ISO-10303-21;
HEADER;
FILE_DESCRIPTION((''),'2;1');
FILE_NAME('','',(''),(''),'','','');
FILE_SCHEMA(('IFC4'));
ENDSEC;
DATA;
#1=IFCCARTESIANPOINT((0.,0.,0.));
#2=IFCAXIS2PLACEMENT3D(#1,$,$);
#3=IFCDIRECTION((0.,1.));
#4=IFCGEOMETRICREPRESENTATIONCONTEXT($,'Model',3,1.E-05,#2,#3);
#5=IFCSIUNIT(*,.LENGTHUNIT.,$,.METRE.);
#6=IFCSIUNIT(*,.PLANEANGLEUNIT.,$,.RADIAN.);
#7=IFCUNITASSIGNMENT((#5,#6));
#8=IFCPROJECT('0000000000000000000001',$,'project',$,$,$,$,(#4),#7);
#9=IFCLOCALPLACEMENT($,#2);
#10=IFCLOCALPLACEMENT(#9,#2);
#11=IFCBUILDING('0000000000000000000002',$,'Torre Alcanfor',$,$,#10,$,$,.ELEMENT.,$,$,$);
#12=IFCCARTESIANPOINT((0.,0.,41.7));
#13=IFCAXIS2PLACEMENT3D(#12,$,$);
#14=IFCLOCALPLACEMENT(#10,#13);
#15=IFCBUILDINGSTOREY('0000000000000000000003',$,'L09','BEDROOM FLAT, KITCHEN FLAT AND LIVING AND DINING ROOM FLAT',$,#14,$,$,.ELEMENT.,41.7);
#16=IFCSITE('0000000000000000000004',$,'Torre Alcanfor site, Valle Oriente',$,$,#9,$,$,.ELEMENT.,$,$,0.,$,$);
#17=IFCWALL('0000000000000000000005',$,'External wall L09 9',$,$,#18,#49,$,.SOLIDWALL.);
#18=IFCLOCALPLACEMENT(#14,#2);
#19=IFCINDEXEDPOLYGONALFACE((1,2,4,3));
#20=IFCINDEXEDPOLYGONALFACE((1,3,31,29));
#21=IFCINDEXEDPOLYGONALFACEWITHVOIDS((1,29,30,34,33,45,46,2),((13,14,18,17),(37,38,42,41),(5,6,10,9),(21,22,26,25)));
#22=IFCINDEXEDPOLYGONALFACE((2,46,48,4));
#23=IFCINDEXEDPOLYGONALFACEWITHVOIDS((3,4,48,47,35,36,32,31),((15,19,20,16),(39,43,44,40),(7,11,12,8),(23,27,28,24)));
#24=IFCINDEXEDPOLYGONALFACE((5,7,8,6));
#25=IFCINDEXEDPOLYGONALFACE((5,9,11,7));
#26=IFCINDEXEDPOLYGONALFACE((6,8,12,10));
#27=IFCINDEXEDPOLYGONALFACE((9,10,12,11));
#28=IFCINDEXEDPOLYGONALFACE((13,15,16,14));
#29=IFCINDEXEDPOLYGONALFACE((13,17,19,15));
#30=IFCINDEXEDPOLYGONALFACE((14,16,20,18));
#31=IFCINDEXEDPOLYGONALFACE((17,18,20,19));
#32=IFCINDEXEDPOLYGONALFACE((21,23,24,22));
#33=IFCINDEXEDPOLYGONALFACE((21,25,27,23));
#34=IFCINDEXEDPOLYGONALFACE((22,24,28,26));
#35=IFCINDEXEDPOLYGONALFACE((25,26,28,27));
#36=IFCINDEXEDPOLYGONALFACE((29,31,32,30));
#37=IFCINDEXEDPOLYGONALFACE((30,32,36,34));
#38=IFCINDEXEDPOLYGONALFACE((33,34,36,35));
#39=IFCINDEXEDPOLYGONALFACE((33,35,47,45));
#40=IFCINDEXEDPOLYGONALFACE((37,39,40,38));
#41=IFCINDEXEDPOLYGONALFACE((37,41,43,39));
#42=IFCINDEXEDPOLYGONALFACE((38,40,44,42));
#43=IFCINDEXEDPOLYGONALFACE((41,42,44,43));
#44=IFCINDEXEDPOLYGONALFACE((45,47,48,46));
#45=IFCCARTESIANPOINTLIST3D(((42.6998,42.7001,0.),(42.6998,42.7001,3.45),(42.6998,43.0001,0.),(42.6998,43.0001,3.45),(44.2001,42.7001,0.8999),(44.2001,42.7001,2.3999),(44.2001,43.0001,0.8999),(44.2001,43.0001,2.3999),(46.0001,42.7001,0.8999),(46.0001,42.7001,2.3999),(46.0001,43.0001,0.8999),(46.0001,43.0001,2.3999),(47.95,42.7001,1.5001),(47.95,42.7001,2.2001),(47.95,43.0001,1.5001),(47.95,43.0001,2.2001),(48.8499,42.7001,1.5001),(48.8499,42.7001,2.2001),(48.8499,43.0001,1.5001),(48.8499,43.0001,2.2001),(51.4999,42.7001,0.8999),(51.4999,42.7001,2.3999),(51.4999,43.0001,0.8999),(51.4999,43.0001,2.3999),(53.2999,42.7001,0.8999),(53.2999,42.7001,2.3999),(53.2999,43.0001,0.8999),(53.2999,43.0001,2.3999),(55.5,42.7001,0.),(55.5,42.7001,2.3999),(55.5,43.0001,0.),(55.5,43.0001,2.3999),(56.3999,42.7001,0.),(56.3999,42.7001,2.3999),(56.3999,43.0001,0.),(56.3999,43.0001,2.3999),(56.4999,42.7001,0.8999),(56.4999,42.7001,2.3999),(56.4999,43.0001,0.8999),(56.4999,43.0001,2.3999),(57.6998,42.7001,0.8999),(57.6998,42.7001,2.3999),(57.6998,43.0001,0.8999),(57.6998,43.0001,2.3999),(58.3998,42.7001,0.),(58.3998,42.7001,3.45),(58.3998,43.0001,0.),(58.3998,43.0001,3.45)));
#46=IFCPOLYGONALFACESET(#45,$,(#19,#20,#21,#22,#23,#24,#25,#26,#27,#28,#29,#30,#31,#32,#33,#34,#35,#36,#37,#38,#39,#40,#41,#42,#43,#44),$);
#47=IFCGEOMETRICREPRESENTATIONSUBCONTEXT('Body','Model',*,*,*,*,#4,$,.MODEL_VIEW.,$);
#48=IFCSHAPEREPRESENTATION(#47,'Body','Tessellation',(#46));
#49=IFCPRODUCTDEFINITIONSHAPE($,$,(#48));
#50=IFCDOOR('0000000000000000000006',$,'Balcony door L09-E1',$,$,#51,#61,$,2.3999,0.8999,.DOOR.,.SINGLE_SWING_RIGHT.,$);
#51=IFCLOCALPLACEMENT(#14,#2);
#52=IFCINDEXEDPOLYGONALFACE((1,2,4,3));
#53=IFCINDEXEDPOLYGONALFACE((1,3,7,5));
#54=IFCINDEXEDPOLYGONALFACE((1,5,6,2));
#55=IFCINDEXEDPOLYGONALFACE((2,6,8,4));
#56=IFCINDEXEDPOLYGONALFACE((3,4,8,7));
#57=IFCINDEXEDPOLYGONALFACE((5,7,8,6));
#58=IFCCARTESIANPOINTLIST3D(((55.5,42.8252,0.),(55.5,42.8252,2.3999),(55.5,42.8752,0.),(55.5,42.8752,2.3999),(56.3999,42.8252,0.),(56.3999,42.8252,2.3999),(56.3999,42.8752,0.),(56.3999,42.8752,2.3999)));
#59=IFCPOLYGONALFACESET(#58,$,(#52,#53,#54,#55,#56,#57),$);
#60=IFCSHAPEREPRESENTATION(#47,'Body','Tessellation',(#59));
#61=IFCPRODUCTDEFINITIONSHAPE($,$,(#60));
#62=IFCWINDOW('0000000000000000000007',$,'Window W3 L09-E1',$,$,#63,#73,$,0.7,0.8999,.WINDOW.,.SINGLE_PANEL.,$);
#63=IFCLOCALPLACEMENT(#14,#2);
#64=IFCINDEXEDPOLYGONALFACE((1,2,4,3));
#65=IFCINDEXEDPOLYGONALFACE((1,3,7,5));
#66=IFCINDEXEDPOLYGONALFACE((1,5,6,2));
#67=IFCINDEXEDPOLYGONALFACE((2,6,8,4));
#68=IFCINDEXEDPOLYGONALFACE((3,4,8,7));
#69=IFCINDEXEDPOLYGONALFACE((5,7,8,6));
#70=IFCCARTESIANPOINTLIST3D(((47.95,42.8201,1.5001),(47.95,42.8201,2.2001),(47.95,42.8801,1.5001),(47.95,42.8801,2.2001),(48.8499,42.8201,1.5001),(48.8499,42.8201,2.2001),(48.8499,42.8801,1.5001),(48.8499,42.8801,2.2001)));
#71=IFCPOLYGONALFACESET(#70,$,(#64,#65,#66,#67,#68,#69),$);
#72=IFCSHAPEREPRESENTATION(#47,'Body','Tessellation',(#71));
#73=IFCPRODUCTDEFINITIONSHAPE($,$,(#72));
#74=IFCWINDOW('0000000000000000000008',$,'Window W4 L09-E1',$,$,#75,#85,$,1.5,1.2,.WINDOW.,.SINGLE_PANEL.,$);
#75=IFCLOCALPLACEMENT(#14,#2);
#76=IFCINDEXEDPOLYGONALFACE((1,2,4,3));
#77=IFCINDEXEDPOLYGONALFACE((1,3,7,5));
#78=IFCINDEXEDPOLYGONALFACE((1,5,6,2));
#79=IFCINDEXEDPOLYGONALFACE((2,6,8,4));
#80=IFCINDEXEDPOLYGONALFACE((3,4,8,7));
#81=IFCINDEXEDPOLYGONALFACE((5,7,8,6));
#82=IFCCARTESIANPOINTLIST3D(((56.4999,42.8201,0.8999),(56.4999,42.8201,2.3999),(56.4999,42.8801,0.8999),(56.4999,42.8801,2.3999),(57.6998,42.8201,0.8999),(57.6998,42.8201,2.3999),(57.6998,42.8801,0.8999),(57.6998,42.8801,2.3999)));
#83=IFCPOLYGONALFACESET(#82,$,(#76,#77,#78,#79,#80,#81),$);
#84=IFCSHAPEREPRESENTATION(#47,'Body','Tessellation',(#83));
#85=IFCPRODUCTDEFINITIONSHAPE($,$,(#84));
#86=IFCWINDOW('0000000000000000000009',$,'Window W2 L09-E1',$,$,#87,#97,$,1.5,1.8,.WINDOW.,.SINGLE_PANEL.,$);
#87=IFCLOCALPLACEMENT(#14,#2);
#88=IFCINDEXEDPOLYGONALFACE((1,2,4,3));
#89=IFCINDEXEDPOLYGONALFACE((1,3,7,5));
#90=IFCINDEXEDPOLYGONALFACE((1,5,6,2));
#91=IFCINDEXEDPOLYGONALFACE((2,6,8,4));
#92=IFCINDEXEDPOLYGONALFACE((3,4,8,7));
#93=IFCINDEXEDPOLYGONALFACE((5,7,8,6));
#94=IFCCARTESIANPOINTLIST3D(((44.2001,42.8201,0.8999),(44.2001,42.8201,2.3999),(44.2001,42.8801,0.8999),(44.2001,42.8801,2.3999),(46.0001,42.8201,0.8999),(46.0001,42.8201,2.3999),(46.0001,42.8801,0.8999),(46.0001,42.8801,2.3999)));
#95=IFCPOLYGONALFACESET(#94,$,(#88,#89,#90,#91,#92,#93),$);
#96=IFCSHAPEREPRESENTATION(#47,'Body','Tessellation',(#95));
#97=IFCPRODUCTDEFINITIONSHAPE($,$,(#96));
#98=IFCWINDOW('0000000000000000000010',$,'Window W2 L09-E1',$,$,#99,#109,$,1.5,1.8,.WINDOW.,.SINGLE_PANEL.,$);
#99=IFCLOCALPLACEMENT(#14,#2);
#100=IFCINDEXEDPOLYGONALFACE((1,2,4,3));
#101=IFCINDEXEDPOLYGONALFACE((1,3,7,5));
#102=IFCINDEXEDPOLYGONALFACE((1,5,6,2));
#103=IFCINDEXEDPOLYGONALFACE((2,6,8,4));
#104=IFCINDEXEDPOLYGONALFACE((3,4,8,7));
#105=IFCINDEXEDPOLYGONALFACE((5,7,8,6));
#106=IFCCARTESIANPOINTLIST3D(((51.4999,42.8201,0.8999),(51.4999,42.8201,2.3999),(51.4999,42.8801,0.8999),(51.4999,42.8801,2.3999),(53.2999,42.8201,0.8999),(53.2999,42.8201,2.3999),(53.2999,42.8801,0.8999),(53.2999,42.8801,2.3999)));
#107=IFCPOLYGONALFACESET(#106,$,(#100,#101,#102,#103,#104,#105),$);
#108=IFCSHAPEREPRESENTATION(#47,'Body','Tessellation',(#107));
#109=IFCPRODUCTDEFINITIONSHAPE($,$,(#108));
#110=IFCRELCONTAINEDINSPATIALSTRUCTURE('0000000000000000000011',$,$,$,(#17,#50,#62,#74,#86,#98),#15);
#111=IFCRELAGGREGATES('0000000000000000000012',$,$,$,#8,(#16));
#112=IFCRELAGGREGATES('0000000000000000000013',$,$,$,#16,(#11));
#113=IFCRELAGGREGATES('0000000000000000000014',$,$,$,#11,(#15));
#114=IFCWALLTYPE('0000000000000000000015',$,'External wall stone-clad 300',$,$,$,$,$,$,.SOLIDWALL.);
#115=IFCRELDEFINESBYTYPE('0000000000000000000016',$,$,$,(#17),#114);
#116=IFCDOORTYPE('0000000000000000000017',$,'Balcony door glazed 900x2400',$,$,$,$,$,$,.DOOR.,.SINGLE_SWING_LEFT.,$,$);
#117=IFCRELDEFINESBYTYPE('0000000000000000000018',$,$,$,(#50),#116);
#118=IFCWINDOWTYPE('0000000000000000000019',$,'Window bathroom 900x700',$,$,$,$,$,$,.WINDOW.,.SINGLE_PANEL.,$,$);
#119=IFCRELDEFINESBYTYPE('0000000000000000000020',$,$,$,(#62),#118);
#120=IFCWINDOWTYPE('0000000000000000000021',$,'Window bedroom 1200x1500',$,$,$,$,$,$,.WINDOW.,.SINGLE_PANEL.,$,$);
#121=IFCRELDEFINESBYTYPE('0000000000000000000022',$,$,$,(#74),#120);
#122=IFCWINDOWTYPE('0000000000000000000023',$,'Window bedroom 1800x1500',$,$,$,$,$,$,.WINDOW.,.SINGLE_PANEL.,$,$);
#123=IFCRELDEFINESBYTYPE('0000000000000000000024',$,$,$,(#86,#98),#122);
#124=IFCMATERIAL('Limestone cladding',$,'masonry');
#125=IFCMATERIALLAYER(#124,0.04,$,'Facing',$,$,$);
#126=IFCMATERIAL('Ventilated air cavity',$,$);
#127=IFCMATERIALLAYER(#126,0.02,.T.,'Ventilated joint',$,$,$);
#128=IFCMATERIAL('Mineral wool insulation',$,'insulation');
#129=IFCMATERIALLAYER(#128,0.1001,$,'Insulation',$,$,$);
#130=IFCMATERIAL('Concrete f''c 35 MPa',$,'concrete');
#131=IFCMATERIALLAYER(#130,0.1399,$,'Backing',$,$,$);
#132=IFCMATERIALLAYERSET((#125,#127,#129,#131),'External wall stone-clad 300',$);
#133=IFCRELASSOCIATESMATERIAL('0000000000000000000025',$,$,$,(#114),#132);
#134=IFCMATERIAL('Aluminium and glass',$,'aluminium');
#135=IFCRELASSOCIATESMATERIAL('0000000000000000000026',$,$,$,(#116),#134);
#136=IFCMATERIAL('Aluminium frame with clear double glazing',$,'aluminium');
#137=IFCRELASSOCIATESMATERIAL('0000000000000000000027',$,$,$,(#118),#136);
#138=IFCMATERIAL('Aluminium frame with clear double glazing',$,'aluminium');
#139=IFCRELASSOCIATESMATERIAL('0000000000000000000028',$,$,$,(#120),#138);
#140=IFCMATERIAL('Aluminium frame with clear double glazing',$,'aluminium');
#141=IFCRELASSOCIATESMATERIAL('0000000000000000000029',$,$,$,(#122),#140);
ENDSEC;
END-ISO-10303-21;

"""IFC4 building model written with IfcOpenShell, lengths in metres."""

from ifc_helpers import new_model, si_unit, direction, frame, frame_2d, origin, place, context, subcontext, project, spatial, rectangle, extrude, material, layer, layer_set, type_object, element, fill, save


model = new_model("IFC4")

# Units and contexts
model_context = context("Model", 3, precision=1e-05, world=origin(), true_north=direction((0.0, 1.0)))
body_context = subcontext(model_context, "Body", "Model", "MODEL_VIEW")
ifc_project = project(units=[si_unit("LENGTHUNIT", "METRE"), si_unit("PLANEANGLEUNIT", "RADIAN")], contexts=[model_context])

# Site, building, storey
site_placement = place(None, origin())
site = spatial("IfcSite", under=ifc_project, at=site_placement, Name="Torre Alcanfor site, Valle Oriente", CompositionType="ELEMENT", RefElevation=0.0)
building_placement = place(site_placement, origin())
building = spatial("IfcBuilding", under=site, at=building_placement, Name="Torre Alcanfor", CompositionType="ELEMENT")
storey_placement = place(building_placement, frame((0.0, 0.0, 41.7)))
storey = spatial("IfcBuildingStorey", under=building, at=storey_placement, Name="L09", Description="BEDROOM FLAT, KITCHEN FLAT AND LIVING AND DINING ROOM FLAT", CompositionType="ELEMENT", Elevation=41.7)

# Wall, openings, door, windows
ifc_material_1 = material(Name="Limestone cladding", Category="masonry")
ifc_layer_1 = layer(ifc_material_1, 0.04, Name="Facing")
ifc_material_2 = material(Name="Ventilated air cavity")
ifc_layer_2 = layer(ifc_material_2, 0.02, ventilated=True, Name="Ventilated joint")
ifc_material_3 = material(Name="Mineral wool insulation", Category="insulation")
ifc_layer_3 = layer(ifc_material_3, 0.1001, Name="Insulation")
ifc_material_4 = material(Name="Concrete f'c 35 MPa", Category="concrete")
ifc_layer_4 = layer(ifc_material_4, 0.1399, Name="Backing")
ifc_layer_set_1 = layer_set([ifc_layer_1, ifc_layer_2, ifc_layer_3, ifc_layer_4], Name="External wall stone-clad 300")
wall_type_1 = type_object("IfcWallType", Name="External wall stone-clad 300", PredefinedType="SOLIDWALL", material=ifc_layer_set_1)
wall_1_placement = place(storey_placement, frame((58.3999, 42.8501, 0.0), z_axis=(0.0, 0.0, 1.0), x_axis=(-1.0, 0.0, 0.0)))
wall_1 = element("IfcWall", 1, at=wall_1_placement, inside=storey, type_object=wall_type_1, Name="External wall L09 9", PredefinedType="SOLIDWALL", context=body_context, shape_type="SweptSolid", body=[
    extrude(rectangle(XDim=15.7, YDim=0.3, at=frame_2d((7.8501, 0.0))), origin(), (0.0, 0.0, 1.0), 3.45),
])
opening_1_placement = place(wall_1_placement, frame((12.3999, 0.0, 0.8999)))
opening_1 = element("IfcOpeningElement", 2, at=opening_1_placement, cuts=wall_1, PredefinedType="OPENING", context=body_context, shape_type="SweptSolid", body=[
    extrude(rectangle(XDim=1.8, YDim=1.5, at=frame_2d((0.8999, 0.75))), frame((0.0, 0.1599, 0.0), z_axis=(0.0, -1.0, 0.0), x_axis=(1.0, 0.0, 0.0)), (0.0, 0.0, 1.0), 0.3201),
])
opening_2_placement = place(wall_1_placement, frame((9.55, 0.0, 1.5)))
opening_2 = element("IfcOpeningElement", 3, at=opening_2_placement, cuts=wall_1, PredefinedType="OPENING", context=body_context, shape_type="SweptSolid", body=[
    extrude(rectangle(XDim=0.8999, YDim=0.7, at=frame_2d((0.45, 0.3501))), frame((0.0, 0.1599, 0.0), z_axis=(0.0, -1.0, 0.0), x_axis=(1.0, 0.0, 0.0)), (0.0, 0.0, 1.0), 0.3201),
])
opening_3_placement = place(wall_1_placement, frame((5.1001, 0.0, 0.8999)))
opening_3 = element("IfcOpeningElement", 4, at=opening_3_placement, cuts=wall_1, PredefinedType="OPENING", context=body_context, shape_type="SweptSolid", body=[
    extrude(rectangle(XDim=1.8, YDim=1.5, at=frame_2d((0.8999, 0.75))), frame((0.0, 0.1599, 0.0), z_axis=(0.0, -1.0, 0.0), x_axis=(1.0, 0.0, 0.0)), (0.0, 0.0, 1.0), 0.3201),
])
opening_4_placement = place(wall_1_placement, frame((2.0, 0.0, 0.0)))
opening_4 = element("IfcOpeningElement", 5, at=opening_4_placement, cuts=wall_1, PredefinedType="OPENING", context=body_context, shape_type="SweptSolid", body=[
    extrude(rectangle(XDim=0.8999, YDim=2.3999, at=frame_2d((0.45, 1.2))), frame((0.0, 0.1599, 0.0), z_axis=(0.0, -1.0, 0.0), x_axis=(1.0, 0.0, 0.0)), (0.0, 0.0, 1.0), 0.3201),
])
opening_5_placement = place(wall_1_placement, frame((0.7, 0.0, 0.8999)))
opening_5 = element("IfcOpeningElement", 6, at=opening_5_placement, cuts=wall_1, PredefinedType="OPENING", context=body_context, shape_type="SweptSolid", body=[
    extrude(rectangle(XDim=1.2, YDim=1.5, at=frame_2d((0.6001, 0.75))), frame((0.0, 0.1599, 0.0), z_axis=(0.0, -1.0, 0.0), x_axis=(1.0, 0.0, 0.0)), (0.0, 0.0, 1.0), 0.3201),
])
ifc_material_5 = material(Name="Aluminium and glass", Category="aluminium")
door_type = type_object("IfcDoorType", Name="Balcony door glazed 900x2400", OperationType="SINGLE_SWING_LEFT", PredefinedType="DOOR", material=ifc_material_5)
door_1_placement = place(opening_4_placement, origin())
door_1 = element("IfcDoor", 7, at=door_1_placement, inside=storey, type_object=door_type, Name="Balcony door L09-E1", OperationType="SINGLE_SWING_RIGHT", OverallHeight=2.3999, OverallWidth=0.8999, PredefinedType="DOOR", context=body_context, shape_type="SweptSolid", body=[
    extrude(rectangle(XDim=0.8999, YDim=2.3999, at=frame_2d((0.45, 1.2))), frame((0.0, 0.0249, 0.0), z_axis=(0.0, -1.0, 0.0), x_axis=(1.0, 0.0, 0.0)), (0.0, 0.0, 1.0), 0.05),
])
fill(opening_4, door_1)
ifc_material_6 = material(Name="Aluminium frame with clear double glazing", Category="aluminium")
window_type_1 = type_object("IfcWindowType", Name="Window bathroom 900x700", PartitioningType="SINGLE_PANEL", PredefinedType="WINDOW", material=ifc_material_6)
window_1_placement = place(opening_2_placement, origin())
window_1 = element("IfcWindow", 8, at=window_1_placement, inside=storey, type_object=window_type_1, Name="Window W3 L09-E1", OverallHeight=0.7, OverallWidth=0.8999, PartitioningType="SINGLE_PANEL", PredefinedType="WINDOW", context=body_context, shape_type="SweptSolid", body=[
    extrude(rectangle(XDim=0.8999, YDim=0.7, at=frame_2d((0.45, 0.3501))), frame((0.0, 0.03, 0.0), z_axis=(0.0, -1.0, 0.0), x_axis=(1.0, 0.0, 0.0)), (0.0, 0.0, 1.0), 0.0601),
])
fill(opening_2, window_1)
ifc_material_7 = material(Name="Aluminium frame with clear double glazing", Category="aluminium")
window_type_2 = type_object("IfcWindowType", Name="Window bedroom 1200x1500", PartitioningType="SINGLE_PANEL", PredefinedType="WINDOW", material=ifc_material_7)
window_2_placement = place(opening_5_placement, origin())
window_2 = element("IfcWindow", 9, at=window_2_placement, inside=storey, type_object=window_type_2, Name="Window W4 L09-E1", OverallHeight=1.5, OverallWidth=1.2, PartitioningType="SINGLE_PANEL", PredefinedType="WINDOW", context=body_context, shape_type="SweptSolid", body=[
    extrude(rectangle(XDim=1.2, YDim=1.5, at=frame_2d((0.6001, 0.75))), frame((0.0, 0.03, 0.0), z_axis=(0.0, -1.0, 0.0), x_axis=(1.0, 0.0, 0.0)), (0.0, 0.0, 1.0), 0.0601),
])
fill(opening_5, window_2)
ifc_material_8 = material(Name="Aluminium frame with clear double glazing", Category="aluminium")
window_type_3 = type_object("IfcWindowType", Name="Window bedroom 1800x1500", PartitioningType="SINGLE_PANEL", PredefinedType="WINDOW", material=ifc_material_8)
window_3_placement = place(opening_1_placement, origin())
window_3 = element("IfcWindow", 10, at=window_3_placement, inside=storey, type_object=window_type_3, Name="Window W2 L09-E1", OverallHeight=1.5, OverallWidth=1.8, PartitioningType="SINGLE_PANEL", PredefinedType="WINDOW", context=body_context, shape_type="SweptSolid", body=[
    extrude(rectangle(XDim=1.8, YDim=1.5, at=frame_2d((0.8999, 0.75))), frame((0.0, 0.03, 0.0), z_axis=(0.0, -1.0, 0.0), x_axis=(1.0, 0.0, 0.0)), (0.0, 0.0, 1.0), 0.0601),
])
fill(opening_1, window_3)
window_4_placement = place(opening_3_placement, origin())
window_4 = element("IfcWindow", 11, at=window_4_placement, inside=storey, type_object=window_type_3, Name="Window W2 L09-E1", OverallHeight=1.5, OverallWidth=1.8, PartitioningType="SINGLE_PANEL", PredefinedType="WINDOW", context=body_context, shape_type="SweptSolid", body=[
    extrude(rectangle(XDim=1.8, YDim=1.5, at=frame_2d((0.8999, 0.75))), frame((0.0, 0.03, 0.0), z_axis=(0.0, -1.0, 0.0), x_axis=(1.0, 0.0, 0.0)), (0.0, 0.0, 1.0), 0.0601),
])
fill(opening_3, window_4)

save(model, "model.ifc")
